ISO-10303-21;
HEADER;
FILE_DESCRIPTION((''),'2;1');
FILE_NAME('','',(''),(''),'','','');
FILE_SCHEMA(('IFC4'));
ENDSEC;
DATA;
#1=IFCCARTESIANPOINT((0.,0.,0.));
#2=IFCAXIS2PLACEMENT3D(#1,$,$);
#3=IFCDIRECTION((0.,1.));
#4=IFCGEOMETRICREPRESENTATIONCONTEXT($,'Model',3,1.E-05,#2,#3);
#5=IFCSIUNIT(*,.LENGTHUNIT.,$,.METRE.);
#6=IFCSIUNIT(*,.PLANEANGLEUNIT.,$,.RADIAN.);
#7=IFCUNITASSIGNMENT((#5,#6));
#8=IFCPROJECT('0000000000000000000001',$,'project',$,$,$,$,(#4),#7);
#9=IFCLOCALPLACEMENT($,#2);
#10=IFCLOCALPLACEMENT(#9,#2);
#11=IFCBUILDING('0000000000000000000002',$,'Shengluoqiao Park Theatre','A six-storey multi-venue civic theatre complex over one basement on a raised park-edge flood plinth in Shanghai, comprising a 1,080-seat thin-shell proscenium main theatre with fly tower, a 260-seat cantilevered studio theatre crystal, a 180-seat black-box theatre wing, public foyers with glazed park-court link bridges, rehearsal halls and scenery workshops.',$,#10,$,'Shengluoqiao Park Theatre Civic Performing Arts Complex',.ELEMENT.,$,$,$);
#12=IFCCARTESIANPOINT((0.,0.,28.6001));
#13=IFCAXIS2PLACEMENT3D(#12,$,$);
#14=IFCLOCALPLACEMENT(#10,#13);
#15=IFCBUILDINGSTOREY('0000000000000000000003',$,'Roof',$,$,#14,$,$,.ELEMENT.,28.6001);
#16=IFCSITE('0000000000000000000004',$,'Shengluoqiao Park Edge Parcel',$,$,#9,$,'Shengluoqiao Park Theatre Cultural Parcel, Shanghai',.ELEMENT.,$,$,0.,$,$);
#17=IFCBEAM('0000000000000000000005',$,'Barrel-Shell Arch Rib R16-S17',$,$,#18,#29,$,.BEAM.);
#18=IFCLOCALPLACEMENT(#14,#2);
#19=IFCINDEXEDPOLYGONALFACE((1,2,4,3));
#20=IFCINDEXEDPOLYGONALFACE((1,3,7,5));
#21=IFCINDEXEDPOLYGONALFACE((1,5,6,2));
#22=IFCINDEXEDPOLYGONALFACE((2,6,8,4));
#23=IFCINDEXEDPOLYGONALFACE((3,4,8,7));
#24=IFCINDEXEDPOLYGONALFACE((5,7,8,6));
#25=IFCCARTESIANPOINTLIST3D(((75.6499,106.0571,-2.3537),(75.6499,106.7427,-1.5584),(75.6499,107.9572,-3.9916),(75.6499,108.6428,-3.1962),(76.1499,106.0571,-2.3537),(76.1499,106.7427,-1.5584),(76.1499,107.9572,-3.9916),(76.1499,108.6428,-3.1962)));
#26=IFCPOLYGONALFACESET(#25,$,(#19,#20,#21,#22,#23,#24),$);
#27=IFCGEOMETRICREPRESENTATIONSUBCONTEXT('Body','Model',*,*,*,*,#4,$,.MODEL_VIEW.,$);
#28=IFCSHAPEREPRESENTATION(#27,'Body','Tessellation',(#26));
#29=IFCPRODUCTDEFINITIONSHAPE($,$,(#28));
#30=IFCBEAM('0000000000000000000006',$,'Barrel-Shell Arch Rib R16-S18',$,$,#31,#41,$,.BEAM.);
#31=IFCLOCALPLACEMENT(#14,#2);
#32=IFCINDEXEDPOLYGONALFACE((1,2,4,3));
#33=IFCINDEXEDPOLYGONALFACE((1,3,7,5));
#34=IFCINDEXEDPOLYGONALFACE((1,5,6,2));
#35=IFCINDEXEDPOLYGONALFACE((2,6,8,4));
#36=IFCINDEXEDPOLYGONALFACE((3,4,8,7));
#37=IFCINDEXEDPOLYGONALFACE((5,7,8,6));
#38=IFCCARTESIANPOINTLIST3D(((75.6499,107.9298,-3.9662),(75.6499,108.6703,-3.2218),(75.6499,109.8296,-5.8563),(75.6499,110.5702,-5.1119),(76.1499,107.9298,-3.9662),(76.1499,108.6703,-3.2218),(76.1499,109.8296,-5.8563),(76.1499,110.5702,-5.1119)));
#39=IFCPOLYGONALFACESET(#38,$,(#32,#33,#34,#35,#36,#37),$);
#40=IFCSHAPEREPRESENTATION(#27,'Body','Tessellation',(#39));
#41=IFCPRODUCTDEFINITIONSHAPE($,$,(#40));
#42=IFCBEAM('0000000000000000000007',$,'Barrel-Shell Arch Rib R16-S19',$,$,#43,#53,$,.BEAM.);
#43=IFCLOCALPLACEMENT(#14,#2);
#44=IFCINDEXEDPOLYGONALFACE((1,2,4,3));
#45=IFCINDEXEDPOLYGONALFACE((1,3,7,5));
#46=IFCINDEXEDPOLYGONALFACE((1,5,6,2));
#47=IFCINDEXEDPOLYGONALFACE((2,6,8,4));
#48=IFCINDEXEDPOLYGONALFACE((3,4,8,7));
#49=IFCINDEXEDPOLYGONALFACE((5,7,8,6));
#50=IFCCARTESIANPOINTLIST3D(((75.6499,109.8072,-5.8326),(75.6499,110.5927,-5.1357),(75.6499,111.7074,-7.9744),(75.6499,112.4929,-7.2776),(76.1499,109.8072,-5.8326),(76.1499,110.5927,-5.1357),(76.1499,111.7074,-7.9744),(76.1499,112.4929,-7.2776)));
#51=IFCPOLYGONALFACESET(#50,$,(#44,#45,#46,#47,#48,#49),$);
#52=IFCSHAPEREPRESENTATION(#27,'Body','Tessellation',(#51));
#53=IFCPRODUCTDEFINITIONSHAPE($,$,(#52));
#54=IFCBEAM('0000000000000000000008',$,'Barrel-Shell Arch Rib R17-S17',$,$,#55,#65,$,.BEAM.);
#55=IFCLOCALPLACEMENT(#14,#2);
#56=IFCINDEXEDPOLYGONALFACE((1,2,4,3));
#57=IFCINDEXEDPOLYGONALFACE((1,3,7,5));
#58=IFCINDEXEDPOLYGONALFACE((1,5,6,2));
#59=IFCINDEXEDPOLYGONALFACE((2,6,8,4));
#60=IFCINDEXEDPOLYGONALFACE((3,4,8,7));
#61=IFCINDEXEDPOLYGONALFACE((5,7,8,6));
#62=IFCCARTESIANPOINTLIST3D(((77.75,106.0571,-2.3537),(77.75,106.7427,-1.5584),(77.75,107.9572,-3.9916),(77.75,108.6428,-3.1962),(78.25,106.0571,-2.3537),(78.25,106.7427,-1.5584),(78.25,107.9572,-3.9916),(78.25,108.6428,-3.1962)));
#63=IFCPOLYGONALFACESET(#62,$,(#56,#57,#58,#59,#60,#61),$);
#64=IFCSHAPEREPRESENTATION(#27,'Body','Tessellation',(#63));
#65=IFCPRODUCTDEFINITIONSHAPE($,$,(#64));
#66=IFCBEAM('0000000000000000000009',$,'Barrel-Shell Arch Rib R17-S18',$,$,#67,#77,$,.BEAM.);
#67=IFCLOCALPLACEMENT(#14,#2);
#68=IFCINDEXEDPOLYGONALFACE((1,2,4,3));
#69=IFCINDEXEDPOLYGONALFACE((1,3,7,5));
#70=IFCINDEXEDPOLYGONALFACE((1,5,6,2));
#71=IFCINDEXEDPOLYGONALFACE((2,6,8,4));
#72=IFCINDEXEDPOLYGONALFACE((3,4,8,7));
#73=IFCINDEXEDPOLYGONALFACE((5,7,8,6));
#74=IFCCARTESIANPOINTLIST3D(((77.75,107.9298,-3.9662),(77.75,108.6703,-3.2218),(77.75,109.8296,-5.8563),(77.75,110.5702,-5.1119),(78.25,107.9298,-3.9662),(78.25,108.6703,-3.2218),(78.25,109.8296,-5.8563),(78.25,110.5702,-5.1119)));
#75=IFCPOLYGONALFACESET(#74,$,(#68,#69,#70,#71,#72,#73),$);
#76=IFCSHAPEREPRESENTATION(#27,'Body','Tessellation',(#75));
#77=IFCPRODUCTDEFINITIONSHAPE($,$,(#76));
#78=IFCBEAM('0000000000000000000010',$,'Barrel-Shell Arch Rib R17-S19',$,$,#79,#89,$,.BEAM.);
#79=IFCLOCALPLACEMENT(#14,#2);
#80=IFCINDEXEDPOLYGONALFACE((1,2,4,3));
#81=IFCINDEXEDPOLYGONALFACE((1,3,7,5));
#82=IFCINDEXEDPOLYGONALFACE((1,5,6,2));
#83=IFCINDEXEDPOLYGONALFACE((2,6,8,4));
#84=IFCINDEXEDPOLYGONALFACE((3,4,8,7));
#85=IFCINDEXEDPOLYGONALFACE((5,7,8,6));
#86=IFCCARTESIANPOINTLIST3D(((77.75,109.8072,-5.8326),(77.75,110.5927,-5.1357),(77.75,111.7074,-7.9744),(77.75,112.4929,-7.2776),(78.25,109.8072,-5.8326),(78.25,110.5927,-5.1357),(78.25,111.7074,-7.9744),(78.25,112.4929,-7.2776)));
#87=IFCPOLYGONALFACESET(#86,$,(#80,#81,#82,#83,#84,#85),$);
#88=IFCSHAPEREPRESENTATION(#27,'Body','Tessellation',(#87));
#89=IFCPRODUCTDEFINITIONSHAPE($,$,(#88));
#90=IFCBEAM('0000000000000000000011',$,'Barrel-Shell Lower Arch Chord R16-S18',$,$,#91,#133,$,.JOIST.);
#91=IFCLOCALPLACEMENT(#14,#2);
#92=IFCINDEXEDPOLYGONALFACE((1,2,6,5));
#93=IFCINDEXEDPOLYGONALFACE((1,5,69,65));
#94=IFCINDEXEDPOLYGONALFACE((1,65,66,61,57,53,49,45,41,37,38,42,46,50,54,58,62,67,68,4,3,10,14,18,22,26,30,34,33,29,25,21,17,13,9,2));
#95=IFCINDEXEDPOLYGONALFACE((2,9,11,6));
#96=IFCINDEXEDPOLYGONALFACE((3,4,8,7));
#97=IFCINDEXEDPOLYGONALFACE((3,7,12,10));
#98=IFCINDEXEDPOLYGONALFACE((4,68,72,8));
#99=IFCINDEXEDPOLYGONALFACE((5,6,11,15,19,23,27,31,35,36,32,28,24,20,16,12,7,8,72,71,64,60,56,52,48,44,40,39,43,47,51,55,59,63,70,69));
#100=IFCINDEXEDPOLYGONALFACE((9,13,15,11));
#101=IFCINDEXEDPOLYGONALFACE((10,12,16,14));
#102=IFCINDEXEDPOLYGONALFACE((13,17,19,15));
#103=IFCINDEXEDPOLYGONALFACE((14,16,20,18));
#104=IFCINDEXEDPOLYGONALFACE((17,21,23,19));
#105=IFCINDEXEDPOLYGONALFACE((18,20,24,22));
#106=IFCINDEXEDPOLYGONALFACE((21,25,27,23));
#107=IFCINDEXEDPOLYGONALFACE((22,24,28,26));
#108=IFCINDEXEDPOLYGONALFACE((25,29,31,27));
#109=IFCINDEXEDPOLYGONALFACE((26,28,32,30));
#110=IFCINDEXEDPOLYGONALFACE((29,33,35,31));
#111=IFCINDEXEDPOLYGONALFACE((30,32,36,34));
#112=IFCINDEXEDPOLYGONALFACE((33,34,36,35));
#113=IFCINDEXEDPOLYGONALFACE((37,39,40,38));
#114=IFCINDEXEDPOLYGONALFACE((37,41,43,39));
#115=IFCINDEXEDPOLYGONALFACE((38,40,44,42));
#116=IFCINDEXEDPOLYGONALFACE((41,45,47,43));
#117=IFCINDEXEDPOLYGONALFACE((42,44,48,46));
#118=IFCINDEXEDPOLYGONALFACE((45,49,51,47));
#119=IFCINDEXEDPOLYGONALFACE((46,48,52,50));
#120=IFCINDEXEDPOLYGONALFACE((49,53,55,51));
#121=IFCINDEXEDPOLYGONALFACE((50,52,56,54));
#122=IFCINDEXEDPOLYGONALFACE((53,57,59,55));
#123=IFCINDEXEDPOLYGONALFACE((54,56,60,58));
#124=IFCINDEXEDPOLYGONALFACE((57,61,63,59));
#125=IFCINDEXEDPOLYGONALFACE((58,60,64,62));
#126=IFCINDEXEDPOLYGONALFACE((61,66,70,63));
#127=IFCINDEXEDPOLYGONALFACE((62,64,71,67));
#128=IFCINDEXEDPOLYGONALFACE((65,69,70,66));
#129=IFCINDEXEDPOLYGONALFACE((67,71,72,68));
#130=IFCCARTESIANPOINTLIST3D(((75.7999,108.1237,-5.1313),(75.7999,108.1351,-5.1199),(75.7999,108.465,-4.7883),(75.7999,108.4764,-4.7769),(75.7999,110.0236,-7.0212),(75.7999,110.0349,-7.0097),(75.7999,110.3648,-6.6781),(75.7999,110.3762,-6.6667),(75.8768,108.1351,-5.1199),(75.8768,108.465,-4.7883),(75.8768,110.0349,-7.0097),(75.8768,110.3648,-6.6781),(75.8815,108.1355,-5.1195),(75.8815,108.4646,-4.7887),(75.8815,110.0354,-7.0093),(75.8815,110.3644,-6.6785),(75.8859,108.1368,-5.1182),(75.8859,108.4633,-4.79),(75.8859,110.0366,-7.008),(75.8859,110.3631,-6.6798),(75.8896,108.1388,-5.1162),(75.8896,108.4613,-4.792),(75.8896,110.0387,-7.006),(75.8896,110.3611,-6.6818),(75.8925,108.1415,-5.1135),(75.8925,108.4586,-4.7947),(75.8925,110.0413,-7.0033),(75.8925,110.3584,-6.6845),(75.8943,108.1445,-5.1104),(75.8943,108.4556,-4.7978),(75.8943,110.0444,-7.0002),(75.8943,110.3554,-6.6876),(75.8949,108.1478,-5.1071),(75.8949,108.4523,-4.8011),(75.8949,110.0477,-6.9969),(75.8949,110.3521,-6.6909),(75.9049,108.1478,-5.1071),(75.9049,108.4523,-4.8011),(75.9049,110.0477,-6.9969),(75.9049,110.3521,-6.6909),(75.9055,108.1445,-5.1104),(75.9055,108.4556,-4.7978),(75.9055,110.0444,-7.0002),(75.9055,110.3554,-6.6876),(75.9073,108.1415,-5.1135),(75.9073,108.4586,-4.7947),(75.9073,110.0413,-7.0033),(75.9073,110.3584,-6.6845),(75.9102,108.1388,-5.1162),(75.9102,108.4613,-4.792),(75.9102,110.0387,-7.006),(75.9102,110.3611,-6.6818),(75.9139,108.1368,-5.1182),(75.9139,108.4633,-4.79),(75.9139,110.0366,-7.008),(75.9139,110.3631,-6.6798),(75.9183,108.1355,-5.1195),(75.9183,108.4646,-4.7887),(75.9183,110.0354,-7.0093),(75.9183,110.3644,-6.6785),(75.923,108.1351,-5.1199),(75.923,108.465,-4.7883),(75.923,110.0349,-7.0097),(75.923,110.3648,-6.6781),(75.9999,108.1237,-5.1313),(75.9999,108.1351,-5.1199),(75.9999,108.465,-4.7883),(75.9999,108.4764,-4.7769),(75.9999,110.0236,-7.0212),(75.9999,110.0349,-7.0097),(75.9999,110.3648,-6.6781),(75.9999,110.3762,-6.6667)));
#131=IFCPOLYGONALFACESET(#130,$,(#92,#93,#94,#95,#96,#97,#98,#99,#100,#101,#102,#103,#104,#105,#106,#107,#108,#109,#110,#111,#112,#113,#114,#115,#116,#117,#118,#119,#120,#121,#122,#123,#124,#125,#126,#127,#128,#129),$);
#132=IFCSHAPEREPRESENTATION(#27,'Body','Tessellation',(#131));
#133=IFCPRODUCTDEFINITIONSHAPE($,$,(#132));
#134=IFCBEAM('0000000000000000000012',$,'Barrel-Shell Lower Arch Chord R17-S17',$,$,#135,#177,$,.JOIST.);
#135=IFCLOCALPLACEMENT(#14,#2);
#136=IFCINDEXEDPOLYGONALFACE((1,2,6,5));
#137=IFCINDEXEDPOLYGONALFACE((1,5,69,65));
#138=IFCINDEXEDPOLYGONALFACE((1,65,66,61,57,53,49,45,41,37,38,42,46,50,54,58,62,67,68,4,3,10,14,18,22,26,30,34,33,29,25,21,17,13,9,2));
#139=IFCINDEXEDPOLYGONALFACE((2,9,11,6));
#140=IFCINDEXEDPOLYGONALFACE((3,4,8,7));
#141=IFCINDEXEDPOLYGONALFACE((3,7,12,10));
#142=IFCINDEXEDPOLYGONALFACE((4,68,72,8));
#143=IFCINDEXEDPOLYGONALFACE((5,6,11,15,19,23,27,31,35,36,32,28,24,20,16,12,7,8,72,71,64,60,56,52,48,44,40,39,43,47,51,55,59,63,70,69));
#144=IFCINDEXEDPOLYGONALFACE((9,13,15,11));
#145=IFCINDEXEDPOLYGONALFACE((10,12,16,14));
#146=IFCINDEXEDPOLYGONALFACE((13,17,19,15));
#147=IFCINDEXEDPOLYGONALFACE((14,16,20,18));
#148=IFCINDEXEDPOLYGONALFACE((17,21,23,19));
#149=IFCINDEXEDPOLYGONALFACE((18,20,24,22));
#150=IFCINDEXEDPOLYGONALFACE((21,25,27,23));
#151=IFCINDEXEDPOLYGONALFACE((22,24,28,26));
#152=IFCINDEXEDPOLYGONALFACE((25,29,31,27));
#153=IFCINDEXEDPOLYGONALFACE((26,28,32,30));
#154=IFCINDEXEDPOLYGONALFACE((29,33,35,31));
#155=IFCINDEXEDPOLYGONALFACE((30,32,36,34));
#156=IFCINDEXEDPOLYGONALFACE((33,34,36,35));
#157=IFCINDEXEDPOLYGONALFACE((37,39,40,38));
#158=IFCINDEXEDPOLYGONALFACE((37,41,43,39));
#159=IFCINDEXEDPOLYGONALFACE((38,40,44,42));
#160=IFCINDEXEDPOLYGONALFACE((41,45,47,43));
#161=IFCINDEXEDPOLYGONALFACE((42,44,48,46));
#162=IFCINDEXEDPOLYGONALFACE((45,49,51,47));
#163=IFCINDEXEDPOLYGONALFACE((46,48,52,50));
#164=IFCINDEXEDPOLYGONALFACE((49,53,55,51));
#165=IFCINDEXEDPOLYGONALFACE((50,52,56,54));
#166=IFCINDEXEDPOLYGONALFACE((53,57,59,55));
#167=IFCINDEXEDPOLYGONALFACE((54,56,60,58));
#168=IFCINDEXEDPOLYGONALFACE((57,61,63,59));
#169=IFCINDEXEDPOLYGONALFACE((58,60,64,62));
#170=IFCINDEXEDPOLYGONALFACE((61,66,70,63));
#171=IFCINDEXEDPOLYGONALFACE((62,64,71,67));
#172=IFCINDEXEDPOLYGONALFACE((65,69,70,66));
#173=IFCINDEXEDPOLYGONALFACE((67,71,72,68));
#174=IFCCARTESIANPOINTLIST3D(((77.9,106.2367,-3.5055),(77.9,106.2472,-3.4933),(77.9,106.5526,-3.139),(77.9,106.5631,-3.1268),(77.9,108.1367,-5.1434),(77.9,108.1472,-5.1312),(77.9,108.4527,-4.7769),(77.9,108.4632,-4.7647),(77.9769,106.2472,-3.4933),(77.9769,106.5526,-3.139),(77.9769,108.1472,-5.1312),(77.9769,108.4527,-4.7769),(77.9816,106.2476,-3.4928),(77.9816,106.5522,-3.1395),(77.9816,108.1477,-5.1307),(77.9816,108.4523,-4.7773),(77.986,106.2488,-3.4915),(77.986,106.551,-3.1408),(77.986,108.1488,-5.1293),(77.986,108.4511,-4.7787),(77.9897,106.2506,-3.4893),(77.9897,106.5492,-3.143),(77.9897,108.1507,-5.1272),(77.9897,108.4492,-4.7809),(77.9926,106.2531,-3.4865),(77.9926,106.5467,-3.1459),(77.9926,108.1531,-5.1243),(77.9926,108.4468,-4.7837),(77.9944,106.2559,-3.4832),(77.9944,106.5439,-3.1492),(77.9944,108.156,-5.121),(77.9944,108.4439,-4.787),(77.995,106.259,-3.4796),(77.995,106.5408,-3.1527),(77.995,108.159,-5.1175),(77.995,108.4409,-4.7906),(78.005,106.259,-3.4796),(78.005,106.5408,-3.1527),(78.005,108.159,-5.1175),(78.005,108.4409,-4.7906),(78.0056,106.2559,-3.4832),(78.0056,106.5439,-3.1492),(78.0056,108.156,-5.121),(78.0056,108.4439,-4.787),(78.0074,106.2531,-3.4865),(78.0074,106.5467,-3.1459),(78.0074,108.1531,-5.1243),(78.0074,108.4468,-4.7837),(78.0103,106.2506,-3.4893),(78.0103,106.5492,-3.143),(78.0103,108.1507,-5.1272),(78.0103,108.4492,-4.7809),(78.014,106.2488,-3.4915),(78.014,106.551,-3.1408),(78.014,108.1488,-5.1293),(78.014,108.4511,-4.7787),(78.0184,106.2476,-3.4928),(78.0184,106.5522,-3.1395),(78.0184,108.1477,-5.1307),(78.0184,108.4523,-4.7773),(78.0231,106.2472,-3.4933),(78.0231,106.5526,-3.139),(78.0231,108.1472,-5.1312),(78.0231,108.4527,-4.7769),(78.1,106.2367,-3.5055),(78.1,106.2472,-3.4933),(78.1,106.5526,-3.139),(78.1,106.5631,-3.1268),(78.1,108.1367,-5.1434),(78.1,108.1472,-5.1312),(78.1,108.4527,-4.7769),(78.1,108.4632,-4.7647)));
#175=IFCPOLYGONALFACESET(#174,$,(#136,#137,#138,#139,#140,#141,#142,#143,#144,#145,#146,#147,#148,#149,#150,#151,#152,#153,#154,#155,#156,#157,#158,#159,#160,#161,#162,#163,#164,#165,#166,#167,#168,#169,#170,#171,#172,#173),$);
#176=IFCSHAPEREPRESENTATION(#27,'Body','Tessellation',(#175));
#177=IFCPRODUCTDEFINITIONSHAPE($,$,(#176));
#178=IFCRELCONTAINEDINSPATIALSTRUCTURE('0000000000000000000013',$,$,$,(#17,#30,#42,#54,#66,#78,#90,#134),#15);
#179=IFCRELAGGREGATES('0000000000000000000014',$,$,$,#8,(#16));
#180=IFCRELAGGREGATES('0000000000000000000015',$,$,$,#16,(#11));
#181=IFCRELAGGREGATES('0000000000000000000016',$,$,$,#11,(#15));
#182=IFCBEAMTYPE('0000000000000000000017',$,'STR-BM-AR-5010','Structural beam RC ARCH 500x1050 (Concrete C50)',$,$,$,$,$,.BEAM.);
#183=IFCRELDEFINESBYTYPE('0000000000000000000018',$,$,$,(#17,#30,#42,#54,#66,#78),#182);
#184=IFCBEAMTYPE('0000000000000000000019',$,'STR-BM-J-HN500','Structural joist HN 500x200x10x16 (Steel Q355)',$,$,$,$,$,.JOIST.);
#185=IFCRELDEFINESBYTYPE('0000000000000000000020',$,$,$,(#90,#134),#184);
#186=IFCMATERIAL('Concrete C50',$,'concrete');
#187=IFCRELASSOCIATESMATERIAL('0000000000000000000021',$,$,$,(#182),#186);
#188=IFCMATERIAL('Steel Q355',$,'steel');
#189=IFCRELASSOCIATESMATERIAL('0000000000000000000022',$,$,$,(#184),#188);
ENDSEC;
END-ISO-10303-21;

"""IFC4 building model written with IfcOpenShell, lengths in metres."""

from ifc_helpers import new_model, si_unit, direction, frame, origin, origin_2d, place, context, subcontext, project, spatial, rectangle, i_section, extrude, material, material_profile, profile_set, type_object, element, save


model = new_model("IFC4")

# Units and contexts
model_context = context("Model", 3, precision=1e-05, world=origin(), true_north=direction((0.0, 1.0)))
body_context = subcontext(model_context, "Body", "Model", "MODEL_VIEW")
ifc_project = project(units=[si_unit("LENGTHUNIT", "METRE"), si_unit("PLANEANGLEUNIT", "RADIAN")], contexts=[model_context])

# Site, building, storey
site_placement = place(None, origin())
site = spatial("IfcSite", under=ifc_project, at=site_placement, Name="Shengluoqiao Park Edge Parcel", LongName="Shengluoqiao Park Theatre Cultural Parcel, Shanghai", CompositionType="ELEMENT", RefElevation=0.0)
building_placement = place(site_placement, origin())
building = spatial("IfcBuilding", under=site, at=building_placement, Name="Shengluoqiao Park Theatre", Description="A six-storey multi-venue civic theatre complex over one basement on a raised park-edge flood plinth in Shanghai, comprising a 1,080-seat thin-shell proscenium main theatre with fly tower, a 260-seat cantilevered studio theatre crystal, a 180-seat black-box theatre wing, public foyers with glazed park-court link bridges, rehearsal halls and scenery workshops.", LongName="Shengluoqiao Park Theatre Civic Performing Arts Complex", CompositionType="ELEMENT")
storey_placement = place(building_placement, frame((0.0, 0.0, 28.6001)))
storey = spatial("IfcBuildingStorey", under=building, at=storey_placement, Name="Roof", CompositionType="ELEMENT", Elevation=28.6001)

# Beams
ifc_material_1 = material(Name="Concrete C50", Category="concrete")
ifc_material_profile_1 = material_profile(ifc_material_1, rectangle(XDim=0.5, YDim=1.05, at=origin_2d()), Name="RC ARCH 500x1050")
ifc_profile_set_1 = profile_set([ifc_material_profile_1], Name="Concrete C50")
beam_type_1 = type_object("IfcBeamType", Name="STR-BM-AR-5010", Description="Structural beam RC ARCH 500x1050 (Concrete C50)", PredefinedType="BEAM", material=ifc_profile_set_1)
beam_1_placement = place(storey_placement, frame((75.8999, 106.3999, -1.9561), z_axis=(0.0, 0.757433, -0.652913), x_axis=(-1.0, 0.0, 0.0)))
element("IfcBeam", 1, at=beam_1_placement, inside=storey, type_object=beam_type_1, Name="Barrel-Shell Arch Rib R16-S17", PredefinedType="BEAM", context=body_context, shape_type="SweptSolid", body=[
    extrude(rectangle(XDim=0.5, YDim=1.05, at=origin_2d()), origin(), (0.0, 0.0, 1.0), 2.5085),
])
beam_2_placement = place(storey_placement, frame((75.8999, 108.3, -3.594), z_axis=(0.0, 0.708926, -0.705282), x_axis=(-1.0, 0.0, 0.0)))
element("IfcBeam", 2, at=beam_2_placement, inside=storey, type_object=beam_type_1, Name="Barrel-Shell Arch Rib R16-S18", PredefinedType="BEAM", context=body_context, shape_type="SweptSolid", body=[
    extrude(rectangle(XDim=0.5, YDim=1.05, at=origin_2d()), origin(), (0.0, 0.0, 1.0), 2.6799),
])
beam_3_placement = place(storey_placement, frame((75.8999, 110.2, -5.4841), z_axis=(0.0, 0.663638, -0.748053), x_axis=(-1.0, 0.0, 0.0)))
element("IfcBeam", 3, at=beam_3_placement, inside=storey, type_object=beam_type_1, Name="Barrel-Shell Arch Rib R16-S19", PredefinedType="BEAM", context=body_context, shape_type="SweptSolid", body=[
    extrude(rectangle(XDim=0.5, YDim=1.05, at=origin_2d()), origin(), (0.0, 0.0, 1.0), 2.8633),
])
beam_4_placement = place(storey_placement, frame((78.0, 106.3999, -1.9561), z_axis=(0.0, 0.757433, -0.652913), x_axis=(-1.0, 0.0, 0.0)))
element("IfcBeam", 4, at=beam_4_placement, inside=storey, type_object=beam_type_1, Name="Barrel-Shell Arch Rib R17-S17", PredefinedType="BEAM", context=body_context, shape_type="SweptSolid", body=[
    extrude(rectangle(XDim=0.5, YDim=1.05, at=origin_2d()), origin(), (0.0, 0.0, 1.0), 2.5085),
])
beam_5_placement = place(storey_placement, frame((78.0, 108.3, -3.594), z_axis=(0.0, 0.708926, -0.705282), x_axis=(-1.0, 0.0, 0.0)))
element("IfcBeam", 5, at=beam_5_placement, inside=storey, type_object=beam_type_1, Name="Barrel-Shell Arch Rib R17-S18", PredefinedType="BEAM", context=body_context, shape_type="SweptSolid", body=[
    extrude(rectangle(XDim=0.5, YDim=1.05, at=origin_2d()), origin(), (0.0, 0.0, 1.0), 2.6799),
])
beam_6_placement = place(storey_placement, frame((78.0, 110.2, -5.4841), z_axis=(0.0, 0.663638, -0.748053), x_axis=(-1.0, 0.0, 0.0)))
element("IfcBeam", 6, at=beam_6_placement, inside=storey, type_object=beam_type_1, Name="Barrel-Shell Arch Rib R17-S19", PredefinedType="BEAM", context=body_context, shape_type="SweptSolid", body=[
    extrude(rectangle(XDim=0.5, YDim=1.05, at=origin_2d()), origin(), (0.0, 0.0, 1.0), 2.8633),
])
ifc_material_2 = material(Name="Steel Q355", Category="steel")
ifc_material_profile_2 = material_profile(ifc_material_2, i_section(OverallWidth=0.2, OverallDepth=0.5, WebThickness=0.01, FlangeThickness=0.0161, FilletRadius=0.0181, at=origin_2d()), Name="HN 500x200x10x16")
ifc_profile_set_2 = profile_set([ifc_material_profile_2], Name="Steel Q355")
beam_type_2 = type_object("IfcBeamType", Name="STR-BM-J-HN500", Description="Structural joist HN 500x200x10x16 (Steel Q355)", PredefinedType="JOIST", material=ifc_profile_set_2)
beam_7_placement = place(storey_placement, frame((75.8999, 108.3, -4.9541), z_axis=(0.0, 0.708972, -0.705237), x_axis=(-1.0, 0.0, 0.0)))
element("IfcBeam", 7, at=beam_7_placement, inside=storey, type_object=beam_type_2, Name="Barrel-Shell Lower Arch Chord R16-S18", PredefinedType="JOIST", context=body_context, shape_type="SweptSolid", body=[
    extrude(i_section(OverallWidth=0.2, OverallDepth=0.5, WebThickness=0.01, FlangeThickness=0.0161, FilletRadius=0.0181, at=origin_2d()), origin(), (0.0, 0.0, 1.0), 2.6797),
])
beam_8_placement = place(storey_placement, frame((78.0, 106.3999, -3.3162), z_axis=(0.0, 0.757433, -0.652913), x_axis=(-1.0, 0.0, 0.0)))
element("IfcBeam", 8, at=beam_8_placement, inside=storey, type_object=beam_type_2, Name="Barrel-Shell Lower Arch Chord R17-S17", PredefinedType="JOIST", context=body_context, shape_type="SweptSolid", body=[
    extrude(i_section(OverallWidth=0.2, OverallDepth=0.5, WebThickness=0.01, FlangeThickness=0.0161, FilletRadius=0.0181, at=origin_2d()), origin(), (0.0, 0.0, 1.0), 2.5085),
])

save(model, "model.ifc")
